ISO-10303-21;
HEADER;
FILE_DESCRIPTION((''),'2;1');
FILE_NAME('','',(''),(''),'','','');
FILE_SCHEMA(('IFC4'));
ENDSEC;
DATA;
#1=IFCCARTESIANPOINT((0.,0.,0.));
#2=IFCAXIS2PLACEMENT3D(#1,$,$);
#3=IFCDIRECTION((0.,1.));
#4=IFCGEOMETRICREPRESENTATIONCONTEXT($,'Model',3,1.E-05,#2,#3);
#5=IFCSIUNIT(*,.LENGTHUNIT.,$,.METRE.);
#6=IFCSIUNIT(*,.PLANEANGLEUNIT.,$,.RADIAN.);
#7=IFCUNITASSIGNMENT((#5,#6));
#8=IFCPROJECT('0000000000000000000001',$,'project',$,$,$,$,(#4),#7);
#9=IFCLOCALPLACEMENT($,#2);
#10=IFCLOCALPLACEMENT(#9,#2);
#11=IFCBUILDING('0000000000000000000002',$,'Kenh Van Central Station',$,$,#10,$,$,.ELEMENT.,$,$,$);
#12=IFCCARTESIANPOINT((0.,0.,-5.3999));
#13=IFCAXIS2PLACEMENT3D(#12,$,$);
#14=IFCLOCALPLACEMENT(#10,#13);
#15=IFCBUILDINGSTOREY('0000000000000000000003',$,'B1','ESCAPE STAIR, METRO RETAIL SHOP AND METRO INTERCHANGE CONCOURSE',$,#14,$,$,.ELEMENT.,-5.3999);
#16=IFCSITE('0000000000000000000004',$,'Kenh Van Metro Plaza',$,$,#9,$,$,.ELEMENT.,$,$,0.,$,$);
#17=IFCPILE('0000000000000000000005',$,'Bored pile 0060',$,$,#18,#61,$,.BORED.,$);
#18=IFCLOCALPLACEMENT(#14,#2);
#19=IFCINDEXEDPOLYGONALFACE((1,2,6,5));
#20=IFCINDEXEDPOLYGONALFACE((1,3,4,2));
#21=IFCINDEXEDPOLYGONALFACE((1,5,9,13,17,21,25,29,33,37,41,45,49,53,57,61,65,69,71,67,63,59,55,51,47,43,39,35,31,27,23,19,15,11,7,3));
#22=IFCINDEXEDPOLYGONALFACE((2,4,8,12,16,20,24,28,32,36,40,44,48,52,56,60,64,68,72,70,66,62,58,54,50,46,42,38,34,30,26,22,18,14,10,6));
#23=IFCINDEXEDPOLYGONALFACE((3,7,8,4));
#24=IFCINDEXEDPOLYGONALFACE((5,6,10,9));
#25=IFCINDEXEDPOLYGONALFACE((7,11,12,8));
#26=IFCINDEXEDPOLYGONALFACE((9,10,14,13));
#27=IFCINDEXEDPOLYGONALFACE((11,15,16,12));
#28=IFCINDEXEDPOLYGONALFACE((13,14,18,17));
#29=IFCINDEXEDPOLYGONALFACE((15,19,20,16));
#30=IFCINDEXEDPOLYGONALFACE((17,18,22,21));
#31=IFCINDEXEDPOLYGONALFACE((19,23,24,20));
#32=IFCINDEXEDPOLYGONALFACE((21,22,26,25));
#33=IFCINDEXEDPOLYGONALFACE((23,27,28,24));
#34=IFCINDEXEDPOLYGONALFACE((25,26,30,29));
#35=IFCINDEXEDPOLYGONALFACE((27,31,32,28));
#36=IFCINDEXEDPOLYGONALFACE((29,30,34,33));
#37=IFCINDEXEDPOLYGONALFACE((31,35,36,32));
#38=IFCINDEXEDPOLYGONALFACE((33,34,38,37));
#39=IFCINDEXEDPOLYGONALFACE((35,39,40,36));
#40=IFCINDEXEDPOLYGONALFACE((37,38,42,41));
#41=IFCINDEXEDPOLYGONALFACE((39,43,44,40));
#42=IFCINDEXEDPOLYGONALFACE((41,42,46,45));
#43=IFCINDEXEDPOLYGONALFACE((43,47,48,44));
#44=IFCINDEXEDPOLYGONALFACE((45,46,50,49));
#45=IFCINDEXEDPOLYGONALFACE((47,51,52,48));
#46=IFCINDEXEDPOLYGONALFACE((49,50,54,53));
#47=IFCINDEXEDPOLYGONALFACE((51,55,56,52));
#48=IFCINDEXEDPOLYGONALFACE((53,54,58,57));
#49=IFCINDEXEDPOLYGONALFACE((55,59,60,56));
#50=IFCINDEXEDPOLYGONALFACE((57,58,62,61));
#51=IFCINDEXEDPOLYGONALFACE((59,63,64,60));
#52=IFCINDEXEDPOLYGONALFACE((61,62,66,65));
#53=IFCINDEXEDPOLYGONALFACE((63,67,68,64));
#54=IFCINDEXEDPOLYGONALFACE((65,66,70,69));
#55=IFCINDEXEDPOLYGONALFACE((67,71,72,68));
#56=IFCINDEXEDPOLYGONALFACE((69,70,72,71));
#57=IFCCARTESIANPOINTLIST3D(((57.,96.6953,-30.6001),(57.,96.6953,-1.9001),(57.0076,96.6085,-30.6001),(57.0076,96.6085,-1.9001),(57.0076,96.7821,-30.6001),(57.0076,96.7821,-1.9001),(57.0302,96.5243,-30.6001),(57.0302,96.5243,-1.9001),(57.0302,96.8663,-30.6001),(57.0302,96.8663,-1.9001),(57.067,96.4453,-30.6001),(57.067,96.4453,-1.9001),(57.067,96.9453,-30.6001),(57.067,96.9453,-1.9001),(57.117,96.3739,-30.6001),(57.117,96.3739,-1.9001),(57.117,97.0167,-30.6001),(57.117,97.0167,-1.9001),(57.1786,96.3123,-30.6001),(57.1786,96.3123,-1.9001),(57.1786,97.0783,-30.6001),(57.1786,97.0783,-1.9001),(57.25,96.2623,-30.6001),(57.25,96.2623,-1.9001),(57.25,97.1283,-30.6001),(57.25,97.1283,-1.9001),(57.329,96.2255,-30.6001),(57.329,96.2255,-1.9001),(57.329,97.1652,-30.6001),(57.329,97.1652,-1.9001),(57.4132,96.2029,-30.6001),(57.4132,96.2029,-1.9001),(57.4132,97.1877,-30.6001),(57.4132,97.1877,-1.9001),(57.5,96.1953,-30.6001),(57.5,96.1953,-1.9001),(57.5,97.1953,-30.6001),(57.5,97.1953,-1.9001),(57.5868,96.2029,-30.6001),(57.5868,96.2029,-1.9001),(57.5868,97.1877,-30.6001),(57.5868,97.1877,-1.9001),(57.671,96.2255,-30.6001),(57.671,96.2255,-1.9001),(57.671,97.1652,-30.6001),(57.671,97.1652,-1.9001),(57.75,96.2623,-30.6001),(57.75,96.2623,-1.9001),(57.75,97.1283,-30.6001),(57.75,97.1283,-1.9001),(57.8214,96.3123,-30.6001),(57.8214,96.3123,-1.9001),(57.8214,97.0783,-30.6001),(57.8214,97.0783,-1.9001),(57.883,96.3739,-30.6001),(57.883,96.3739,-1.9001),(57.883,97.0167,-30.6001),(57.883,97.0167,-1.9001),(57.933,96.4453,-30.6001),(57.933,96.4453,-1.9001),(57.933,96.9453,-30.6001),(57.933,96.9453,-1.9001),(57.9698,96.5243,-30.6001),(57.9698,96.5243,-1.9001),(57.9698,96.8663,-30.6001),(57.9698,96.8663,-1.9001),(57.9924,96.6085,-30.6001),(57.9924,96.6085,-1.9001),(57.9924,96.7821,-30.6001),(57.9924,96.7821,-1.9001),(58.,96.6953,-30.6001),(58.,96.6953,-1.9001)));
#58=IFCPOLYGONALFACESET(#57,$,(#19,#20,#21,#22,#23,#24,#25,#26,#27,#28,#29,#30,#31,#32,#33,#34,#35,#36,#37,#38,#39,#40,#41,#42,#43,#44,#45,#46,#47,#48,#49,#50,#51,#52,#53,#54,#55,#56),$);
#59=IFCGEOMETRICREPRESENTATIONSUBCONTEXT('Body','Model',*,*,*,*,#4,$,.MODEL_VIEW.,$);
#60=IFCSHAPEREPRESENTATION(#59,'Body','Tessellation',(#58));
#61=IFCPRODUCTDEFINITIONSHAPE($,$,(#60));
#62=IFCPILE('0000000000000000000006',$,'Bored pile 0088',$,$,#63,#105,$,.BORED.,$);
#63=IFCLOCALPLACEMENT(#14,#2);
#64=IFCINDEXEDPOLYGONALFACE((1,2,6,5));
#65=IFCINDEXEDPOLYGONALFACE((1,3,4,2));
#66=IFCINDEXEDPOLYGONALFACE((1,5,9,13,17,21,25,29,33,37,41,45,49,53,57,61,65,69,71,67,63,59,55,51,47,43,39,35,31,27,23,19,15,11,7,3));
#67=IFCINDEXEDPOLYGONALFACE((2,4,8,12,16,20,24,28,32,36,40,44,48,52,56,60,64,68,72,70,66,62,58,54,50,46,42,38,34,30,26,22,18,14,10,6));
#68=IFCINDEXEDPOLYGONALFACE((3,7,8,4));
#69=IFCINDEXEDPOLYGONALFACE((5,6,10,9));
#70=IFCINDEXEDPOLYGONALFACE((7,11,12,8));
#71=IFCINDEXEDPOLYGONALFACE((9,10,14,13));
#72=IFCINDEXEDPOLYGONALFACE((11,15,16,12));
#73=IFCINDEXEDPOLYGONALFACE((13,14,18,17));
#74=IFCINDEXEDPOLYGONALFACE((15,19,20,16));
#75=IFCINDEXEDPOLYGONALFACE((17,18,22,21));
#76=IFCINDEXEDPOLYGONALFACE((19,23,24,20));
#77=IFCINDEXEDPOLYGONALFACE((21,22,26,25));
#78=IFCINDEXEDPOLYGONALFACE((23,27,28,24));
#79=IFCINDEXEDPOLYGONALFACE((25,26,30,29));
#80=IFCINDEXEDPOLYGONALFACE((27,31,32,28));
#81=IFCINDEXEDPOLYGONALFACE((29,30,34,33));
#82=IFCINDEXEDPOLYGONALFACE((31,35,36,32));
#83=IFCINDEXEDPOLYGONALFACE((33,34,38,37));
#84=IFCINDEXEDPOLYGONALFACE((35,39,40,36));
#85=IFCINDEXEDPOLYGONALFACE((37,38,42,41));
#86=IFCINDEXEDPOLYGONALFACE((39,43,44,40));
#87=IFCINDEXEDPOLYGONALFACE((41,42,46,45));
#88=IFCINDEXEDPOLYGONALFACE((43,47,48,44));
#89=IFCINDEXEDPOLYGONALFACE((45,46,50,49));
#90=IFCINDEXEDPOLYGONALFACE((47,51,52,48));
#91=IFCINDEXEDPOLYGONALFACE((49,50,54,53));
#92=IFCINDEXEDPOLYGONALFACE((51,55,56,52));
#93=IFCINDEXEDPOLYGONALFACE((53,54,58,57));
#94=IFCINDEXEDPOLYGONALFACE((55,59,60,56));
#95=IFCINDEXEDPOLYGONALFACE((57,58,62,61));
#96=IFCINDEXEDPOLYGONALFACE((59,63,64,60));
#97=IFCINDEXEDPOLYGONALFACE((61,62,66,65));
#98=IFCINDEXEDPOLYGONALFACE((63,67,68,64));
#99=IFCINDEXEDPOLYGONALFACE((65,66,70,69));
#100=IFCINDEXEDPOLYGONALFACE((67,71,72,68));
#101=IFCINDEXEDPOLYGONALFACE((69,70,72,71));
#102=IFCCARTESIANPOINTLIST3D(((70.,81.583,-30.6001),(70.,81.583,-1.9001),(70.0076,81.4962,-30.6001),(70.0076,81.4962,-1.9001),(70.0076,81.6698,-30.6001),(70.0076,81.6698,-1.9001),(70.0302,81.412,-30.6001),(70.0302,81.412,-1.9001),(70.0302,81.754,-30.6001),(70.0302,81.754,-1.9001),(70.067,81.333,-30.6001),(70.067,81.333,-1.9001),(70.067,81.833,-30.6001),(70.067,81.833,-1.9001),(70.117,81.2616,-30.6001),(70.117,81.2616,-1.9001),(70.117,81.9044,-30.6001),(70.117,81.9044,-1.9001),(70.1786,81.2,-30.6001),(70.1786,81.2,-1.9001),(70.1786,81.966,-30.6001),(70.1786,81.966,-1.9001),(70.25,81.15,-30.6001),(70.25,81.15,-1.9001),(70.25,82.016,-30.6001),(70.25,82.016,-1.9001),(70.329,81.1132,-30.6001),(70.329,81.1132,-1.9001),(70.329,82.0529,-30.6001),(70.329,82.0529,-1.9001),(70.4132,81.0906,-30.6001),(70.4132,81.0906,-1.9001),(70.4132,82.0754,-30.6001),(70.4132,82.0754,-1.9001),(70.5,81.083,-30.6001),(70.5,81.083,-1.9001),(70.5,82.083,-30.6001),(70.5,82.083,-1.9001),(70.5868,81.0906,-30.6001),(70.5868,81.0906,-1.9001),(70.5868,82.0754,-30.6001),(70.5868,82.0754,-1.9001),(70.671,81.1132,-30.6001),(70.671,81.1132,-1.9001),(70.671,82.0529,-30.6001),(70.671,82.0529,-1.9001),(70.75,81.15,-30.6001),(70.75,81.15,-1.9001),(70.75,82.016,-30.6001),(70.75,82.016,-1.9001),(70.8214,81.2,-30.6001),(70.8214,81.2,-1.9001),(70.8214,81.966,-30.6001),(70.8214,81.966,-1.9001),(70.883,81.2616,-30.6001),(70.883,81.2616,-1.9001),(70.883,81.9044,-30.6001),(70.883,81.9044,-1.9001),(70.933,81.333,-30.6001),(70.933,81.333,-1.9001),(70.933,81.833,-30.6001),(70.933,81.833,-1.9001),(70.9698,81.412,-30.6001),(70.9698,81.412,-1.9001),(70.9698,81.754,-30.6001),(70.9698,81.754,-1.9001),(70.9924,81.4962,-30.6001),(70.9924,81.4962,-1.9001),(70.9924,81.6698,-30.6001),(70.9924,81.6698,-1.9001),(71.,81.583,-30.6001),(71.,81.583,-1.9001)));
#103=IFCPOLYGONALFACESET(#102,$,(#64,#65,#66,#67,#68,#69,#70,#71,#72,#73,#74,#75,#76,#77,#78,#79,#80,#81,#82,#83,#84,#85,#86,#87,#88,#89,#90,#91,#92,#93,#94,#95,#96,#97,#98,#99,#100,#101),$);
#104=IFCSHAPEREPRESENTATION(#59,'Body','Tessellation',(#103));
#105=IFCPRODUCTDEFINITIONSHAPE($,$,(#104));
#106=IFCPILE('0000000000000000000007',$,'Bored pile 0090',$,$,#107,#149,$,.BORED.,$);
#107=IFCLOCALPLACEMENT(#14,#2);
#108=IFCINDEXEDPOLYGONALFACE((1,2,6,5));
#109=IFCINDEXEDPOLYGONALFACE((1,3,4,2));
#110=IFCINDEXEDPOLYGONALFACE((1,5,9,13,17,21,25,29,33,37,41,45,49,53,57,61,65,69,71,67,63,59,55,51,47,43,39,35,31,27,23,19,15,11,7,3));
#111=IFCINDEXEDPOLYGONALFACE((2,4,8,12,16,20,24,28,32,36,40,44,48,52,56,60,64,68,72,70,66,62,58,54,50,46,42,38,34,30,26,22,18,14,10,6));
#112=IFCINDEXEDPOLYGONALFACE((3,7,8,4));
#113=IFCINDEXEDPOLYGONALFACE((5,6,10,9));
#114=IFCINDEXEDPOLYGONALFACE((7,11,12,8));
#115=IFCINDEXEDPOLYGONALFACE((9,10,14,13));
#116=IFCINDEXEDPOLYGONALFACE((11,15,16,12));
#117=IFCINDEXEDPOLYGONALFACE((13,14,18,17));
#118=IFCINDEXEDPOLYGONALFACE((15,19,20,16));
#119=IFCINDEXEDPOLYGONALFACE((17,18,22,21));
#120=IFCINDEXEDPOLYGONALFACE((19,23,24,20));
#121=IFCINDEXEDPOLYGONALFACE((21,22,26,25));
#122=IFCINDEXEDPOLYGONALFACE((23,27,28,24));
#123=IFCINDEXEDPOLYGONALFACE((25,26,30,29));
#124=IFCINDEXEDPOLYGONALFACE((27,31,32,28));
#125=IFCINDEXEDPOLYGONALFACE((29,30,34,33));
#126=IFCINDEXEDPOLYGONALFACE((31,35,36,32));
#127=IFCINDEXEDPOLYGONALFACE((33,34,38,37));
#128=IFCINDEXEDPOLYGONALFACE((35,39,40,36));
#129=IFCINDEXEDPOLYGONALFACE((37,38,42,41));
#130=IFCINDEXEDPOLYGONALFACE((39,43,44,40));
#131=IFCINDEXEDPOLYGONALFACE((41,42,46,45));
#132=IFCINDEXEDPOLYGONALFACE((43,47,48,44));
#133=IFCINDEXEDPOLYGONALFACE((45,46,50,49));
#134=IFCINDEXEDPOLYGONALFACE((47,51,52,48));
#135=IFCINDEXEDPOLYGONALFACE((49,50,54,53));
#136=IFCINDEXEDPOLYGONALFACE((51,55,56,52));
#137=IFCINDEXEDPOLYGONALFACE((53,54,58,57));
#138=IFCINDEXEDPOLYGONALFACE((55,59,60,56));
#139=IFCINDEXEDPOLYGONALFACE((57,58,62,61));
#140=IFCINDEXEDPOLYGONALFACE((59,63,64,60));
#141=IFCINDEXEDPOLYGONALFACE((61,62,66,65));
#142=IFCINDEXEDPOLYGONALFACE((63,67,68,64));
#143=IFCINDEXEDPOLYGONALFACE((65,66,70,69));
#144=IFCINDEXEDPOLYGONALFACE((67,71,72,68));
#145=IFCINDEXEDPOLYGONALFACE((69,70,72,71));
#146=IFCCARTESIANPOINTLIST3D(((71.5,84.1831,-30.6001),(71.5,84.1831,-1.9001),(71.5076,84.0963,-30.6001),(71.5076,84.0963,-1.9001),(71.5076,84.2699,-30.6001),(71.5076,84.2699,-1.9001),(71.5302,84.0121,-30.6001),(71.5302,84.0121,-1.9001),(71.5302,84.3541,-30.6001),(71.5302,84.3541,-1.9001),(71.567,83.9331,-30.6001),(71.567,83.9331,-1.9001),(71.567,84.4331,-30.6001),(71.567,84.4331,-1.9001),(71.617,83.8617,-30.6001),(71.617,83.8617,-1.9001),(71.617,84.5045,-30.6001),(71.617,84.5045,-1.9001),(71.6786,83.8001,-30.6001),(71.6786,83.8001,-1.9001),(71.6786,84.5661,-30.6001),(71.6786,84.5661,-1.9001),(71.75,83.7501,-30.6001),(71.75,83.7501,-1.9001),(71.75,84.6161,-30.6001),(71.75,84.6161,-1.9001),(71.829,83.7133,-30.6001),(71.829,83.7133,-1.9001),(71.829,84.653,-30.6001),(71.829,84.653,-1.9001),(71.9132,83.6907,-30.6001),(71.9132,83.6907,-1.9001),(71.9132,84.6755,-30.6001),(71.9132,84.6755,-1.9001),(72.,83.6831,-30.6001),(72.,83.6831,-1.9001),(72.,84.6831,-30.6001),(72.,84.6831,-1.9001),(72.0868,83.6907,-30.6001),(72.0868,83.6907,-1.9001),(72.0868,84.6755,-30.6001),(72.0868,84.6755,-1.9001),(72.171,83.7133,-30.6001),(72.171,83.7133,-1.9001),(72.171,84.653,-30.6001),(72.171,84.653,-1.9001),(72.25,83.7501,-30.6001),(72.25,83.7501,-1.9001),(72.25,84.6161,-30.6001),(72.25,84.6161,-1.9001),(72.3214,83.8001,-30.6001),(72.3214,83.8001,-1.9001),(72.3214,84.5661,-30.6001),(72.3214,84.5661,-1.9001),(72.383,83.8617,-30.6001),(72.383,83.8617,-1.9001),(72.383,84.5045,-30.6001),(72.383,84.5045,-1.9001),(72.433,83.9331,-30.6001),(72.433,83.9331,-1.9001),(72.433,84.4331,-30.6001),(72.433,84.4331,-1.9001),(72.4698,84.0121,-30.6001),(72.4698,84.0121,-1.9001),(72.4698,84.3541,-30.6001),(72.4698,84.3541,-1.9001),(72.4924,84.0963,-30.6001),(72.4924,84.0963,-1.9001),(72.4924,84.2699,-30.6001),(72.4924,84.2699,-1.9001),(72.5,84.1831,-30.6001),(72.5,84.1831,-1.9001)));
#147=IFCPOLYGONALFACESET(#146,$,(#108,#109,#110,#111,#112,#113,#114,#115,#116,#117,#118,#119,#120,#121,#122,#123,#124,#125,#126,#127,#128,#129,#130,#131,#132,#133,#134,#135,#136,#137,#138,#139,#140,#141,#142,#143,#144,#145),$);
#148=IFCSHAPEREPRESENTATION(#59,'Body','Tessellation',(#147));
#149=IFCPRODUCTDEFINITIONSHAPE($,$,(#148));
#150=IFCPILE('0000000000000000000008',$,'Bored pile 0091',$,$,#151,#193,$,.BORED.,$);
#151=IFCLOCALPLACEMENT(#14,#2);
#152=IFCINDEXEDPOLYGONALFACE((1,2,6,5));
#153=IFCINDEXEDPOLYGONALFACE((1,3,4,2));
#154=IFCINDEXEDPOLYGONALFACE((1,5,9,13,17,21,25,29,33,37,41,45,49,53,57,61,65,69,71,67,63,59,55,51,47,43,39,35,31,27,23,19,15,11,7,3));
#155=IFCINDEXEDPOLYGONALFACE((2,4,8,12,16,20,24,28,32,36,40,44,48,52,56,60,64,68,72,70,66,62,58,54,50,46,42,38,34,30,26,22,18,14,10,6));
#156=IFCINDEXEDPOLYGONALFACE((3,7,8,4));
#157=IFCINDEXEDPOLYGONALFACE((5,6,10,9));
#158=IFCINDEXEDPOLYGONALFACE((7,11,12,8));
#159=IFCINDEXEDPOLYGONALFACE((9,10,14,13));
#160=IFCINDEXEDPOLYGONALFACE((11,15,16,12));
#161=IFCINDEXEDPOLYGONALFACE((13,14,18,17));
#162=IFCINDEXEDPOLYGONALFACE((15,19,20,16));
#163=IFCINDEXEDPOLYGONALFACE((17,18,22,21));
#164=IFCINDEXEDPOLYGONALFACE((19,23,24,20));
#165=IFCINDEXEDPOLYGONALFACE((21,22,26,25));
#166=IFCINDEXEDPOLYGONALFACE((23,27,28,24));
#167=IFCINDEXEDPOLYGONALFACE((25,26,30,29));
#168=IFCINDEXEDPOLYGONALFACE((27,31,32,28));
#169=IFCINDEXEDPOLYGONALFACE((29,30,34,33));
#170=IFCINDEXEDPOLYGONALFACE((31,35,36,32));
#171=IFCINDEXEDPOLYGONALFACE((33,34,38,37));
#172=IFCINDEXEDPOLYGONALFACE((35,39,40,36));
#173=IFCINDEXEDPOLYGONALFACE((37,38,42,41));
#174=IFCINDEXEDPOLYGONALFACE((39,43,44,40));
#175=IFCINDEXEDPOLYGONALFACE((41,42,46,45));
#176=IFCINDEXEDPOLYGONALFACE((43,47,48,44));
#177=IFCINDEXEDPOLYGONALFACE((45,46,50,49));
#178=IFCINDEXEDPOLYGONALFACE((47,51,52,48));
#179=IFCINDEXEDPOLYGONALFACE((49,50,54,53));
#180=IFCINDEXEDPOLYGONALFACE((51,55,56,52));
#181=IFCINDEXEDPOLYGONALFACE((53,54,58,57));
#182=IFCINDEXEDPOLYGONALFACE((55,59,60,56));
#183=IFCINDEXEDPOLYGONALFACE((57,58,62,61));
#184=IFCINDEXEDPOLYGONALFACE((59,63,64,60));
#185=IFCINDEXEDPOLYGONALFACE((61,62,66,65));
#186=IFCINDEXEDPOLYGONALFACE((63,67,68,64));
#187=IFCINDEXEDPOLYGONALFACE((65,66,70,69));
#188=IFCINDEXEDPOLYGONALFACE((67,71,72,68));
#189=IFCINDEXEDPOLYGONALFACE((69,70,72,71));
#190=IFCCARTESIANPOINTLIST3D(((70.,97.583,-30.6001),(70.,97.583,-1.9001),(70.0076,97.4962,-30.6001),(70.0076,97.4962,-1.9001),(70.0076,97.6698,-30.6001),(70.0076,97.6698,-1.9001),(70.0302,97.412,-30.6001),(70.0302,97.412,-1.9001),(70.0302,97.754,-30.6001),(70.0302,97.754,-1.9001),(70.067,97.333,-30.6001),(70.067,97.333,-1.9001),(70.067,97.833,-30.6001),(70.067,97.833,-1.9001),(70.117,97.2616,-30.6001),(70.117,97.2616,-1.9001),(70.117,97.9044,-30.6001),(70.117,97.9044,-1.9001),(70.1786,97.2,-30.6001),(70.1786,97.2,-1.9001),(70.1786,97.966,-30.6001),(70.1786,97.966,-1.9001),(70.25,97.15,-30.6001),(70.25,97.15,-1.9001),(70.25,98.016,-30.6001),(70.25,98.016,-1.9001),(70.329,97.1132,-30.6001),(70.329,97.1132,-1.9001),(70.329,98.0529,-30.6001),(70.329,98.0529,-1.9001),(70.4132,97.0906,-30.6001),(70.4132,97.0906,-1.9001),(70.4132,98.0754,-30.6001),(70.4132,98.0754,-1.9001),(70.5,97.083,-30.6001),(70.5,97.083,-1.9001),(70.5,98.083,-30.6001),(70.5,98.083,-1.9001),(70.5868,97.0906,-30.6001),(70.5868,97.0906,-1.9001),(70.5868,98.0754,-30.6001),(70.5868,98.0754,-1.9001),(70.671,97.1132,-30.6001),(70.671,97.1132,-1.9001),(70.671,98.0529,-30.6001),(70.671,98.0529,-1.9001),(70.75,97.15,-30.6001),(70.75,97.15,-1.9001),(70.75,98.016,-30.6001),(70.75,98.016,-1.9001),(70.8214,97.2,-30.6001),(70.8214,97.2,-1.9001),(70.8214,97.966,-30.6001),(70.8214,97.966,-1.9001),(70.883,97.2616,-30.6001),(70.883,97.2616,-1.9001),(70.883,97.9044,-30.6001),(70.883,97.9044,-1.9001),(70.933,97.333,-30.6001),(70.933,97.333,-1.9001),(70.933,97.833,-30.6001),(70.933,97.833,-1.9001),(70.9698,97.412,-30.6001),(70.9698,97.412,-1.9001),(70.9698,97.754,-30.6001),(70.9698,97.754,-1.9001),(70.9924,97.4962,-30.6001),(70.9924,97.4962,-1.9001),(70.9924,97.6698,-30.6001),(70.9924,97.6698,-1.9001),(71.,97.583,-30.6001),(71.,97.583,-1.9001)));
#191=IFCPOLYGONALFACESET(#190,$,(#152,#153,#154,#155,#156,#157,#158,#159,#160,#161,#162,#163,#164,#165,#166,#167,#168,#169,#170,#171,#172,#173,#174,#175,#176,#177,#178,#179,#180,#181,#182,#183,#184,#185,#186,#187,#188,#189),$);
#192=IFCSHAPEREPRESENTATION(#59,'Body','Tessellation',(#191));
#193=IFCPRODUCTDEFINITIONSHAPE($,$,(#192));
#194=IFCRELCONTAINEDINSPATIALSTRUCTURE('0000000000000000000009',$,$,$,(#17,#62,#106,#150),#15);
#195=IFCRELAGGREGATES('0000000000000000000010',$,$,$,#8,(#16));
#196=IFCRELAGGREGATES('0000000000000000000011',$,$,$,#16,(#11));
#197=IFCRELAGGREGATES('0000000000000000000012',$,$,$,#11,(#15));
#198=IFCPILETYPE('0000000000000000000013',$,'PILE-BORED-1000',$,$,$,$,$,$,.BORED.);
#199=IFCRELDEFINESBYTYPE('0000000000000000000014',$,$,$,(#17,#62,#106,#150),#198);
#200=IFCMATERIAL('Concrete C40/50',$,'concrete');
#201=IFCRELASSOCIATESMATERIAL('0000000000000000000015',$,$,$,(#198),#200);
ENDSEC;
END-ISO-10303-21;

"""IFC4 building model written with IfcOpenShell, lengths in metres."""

from ifc_helpers import new_model, si_unit, direction, frame, origin, origin_2d, place, context, subcontext, project, spatial, circle, extrude, material, material_profile, profile_set, type_object, element, save


model = new_model("IFC4")

# Units and contexts
model_context = context("Model", 3, precision=1e-05, world=origin(), true_north=direction((0.0, 1.0)))
body_context = subcontext(model_context, "Body", "Model", "MODEL_VIEW")
ifc_project = project(units=[si_unit("LENGTHUNIT", "METRE"), si_unit("PLANEANGLEUNIT", "RADIAN")], contexts=[model_context])

# Site, building, storey
site_placement = place(None, origin())
site = spatial("IfcSite", under=ifc_project, at=site_placement, Name="Kenh Van Metro Plaza", CompositionType="ELEMENT", RefElevation=0.0)
building_placement = place(site_placement, origin())
building = spatial("IfcBuilding", under=site, at=building_placement, Name="Kenh Van Central Station", CompositionType="ELEMENT")
storey_placement = place(building_placement, frame((0.0, 0.0, -5.3999)))
storey = spatial("IfcBuildingStorey", under=building, at=storey_placement, Name="B1", Description="ESCAPE STAIR, METRO RETAIL SHOP AND METRO INTERCHANGE CONCOURSE", CompositionType="ELEMENT", Elevation=-5.3999)

# Shared definitions
ifc_material = material(Name="Concrete C40/50", Category="concrete")

# Piles
ifc_material_profile_1 = material_profile(ifc_material, circle(Radius=0.5, at=origin_2d()), Name="PILE D1000")
ifc_profile_set_1 = profile_set([ifc_material_profile_1], Name="Concrete C40/50")
pile_type_1 = type_object("IfcPileType", Name="PILE-BORED-1000", PredefinedType="BORED", material=ifc_profile_set_1)
for number, where, z_axis, x_axis, name in (
    (1, (57.5, 96.6953, -1.9001), (0.0, 0.0, -1.0), (1.0, 0.0, 0.0), "Bored pile 0060"),
    (2, (70.5, 81.583, -1.9001), (0.0, 0.0, -1.0), (1.0, 0.0, 0.0), "Bored pile 0088"),
    (3, (72.0, 84.1831, -1.9001), (0.0, 0.0, -1.0), (1.0, 0.0, 0.0), "Bored pile 0090"),
    (4, (70.5, 97.583, -1.9001), (0.0, 0.0, -1.0), (1.0, 0.0, 0.0), "Bored pile 0091"),
):
    element("IfcPile", number, at=place(storey_placement, frame(where, z_axis=z_axis, x_axis=x_axis)), inside=storey, type_object=pile_type_1, Name=name, PredefinedType="BORED", context=body_context, shape_type="SweptSolid", body=[
        extrude(circle(Radius=0.5, at=origin_2d()), origin(), (0.0, 0.0, 1.0), 28.7),
    ])

save(model, "model.ifc")
